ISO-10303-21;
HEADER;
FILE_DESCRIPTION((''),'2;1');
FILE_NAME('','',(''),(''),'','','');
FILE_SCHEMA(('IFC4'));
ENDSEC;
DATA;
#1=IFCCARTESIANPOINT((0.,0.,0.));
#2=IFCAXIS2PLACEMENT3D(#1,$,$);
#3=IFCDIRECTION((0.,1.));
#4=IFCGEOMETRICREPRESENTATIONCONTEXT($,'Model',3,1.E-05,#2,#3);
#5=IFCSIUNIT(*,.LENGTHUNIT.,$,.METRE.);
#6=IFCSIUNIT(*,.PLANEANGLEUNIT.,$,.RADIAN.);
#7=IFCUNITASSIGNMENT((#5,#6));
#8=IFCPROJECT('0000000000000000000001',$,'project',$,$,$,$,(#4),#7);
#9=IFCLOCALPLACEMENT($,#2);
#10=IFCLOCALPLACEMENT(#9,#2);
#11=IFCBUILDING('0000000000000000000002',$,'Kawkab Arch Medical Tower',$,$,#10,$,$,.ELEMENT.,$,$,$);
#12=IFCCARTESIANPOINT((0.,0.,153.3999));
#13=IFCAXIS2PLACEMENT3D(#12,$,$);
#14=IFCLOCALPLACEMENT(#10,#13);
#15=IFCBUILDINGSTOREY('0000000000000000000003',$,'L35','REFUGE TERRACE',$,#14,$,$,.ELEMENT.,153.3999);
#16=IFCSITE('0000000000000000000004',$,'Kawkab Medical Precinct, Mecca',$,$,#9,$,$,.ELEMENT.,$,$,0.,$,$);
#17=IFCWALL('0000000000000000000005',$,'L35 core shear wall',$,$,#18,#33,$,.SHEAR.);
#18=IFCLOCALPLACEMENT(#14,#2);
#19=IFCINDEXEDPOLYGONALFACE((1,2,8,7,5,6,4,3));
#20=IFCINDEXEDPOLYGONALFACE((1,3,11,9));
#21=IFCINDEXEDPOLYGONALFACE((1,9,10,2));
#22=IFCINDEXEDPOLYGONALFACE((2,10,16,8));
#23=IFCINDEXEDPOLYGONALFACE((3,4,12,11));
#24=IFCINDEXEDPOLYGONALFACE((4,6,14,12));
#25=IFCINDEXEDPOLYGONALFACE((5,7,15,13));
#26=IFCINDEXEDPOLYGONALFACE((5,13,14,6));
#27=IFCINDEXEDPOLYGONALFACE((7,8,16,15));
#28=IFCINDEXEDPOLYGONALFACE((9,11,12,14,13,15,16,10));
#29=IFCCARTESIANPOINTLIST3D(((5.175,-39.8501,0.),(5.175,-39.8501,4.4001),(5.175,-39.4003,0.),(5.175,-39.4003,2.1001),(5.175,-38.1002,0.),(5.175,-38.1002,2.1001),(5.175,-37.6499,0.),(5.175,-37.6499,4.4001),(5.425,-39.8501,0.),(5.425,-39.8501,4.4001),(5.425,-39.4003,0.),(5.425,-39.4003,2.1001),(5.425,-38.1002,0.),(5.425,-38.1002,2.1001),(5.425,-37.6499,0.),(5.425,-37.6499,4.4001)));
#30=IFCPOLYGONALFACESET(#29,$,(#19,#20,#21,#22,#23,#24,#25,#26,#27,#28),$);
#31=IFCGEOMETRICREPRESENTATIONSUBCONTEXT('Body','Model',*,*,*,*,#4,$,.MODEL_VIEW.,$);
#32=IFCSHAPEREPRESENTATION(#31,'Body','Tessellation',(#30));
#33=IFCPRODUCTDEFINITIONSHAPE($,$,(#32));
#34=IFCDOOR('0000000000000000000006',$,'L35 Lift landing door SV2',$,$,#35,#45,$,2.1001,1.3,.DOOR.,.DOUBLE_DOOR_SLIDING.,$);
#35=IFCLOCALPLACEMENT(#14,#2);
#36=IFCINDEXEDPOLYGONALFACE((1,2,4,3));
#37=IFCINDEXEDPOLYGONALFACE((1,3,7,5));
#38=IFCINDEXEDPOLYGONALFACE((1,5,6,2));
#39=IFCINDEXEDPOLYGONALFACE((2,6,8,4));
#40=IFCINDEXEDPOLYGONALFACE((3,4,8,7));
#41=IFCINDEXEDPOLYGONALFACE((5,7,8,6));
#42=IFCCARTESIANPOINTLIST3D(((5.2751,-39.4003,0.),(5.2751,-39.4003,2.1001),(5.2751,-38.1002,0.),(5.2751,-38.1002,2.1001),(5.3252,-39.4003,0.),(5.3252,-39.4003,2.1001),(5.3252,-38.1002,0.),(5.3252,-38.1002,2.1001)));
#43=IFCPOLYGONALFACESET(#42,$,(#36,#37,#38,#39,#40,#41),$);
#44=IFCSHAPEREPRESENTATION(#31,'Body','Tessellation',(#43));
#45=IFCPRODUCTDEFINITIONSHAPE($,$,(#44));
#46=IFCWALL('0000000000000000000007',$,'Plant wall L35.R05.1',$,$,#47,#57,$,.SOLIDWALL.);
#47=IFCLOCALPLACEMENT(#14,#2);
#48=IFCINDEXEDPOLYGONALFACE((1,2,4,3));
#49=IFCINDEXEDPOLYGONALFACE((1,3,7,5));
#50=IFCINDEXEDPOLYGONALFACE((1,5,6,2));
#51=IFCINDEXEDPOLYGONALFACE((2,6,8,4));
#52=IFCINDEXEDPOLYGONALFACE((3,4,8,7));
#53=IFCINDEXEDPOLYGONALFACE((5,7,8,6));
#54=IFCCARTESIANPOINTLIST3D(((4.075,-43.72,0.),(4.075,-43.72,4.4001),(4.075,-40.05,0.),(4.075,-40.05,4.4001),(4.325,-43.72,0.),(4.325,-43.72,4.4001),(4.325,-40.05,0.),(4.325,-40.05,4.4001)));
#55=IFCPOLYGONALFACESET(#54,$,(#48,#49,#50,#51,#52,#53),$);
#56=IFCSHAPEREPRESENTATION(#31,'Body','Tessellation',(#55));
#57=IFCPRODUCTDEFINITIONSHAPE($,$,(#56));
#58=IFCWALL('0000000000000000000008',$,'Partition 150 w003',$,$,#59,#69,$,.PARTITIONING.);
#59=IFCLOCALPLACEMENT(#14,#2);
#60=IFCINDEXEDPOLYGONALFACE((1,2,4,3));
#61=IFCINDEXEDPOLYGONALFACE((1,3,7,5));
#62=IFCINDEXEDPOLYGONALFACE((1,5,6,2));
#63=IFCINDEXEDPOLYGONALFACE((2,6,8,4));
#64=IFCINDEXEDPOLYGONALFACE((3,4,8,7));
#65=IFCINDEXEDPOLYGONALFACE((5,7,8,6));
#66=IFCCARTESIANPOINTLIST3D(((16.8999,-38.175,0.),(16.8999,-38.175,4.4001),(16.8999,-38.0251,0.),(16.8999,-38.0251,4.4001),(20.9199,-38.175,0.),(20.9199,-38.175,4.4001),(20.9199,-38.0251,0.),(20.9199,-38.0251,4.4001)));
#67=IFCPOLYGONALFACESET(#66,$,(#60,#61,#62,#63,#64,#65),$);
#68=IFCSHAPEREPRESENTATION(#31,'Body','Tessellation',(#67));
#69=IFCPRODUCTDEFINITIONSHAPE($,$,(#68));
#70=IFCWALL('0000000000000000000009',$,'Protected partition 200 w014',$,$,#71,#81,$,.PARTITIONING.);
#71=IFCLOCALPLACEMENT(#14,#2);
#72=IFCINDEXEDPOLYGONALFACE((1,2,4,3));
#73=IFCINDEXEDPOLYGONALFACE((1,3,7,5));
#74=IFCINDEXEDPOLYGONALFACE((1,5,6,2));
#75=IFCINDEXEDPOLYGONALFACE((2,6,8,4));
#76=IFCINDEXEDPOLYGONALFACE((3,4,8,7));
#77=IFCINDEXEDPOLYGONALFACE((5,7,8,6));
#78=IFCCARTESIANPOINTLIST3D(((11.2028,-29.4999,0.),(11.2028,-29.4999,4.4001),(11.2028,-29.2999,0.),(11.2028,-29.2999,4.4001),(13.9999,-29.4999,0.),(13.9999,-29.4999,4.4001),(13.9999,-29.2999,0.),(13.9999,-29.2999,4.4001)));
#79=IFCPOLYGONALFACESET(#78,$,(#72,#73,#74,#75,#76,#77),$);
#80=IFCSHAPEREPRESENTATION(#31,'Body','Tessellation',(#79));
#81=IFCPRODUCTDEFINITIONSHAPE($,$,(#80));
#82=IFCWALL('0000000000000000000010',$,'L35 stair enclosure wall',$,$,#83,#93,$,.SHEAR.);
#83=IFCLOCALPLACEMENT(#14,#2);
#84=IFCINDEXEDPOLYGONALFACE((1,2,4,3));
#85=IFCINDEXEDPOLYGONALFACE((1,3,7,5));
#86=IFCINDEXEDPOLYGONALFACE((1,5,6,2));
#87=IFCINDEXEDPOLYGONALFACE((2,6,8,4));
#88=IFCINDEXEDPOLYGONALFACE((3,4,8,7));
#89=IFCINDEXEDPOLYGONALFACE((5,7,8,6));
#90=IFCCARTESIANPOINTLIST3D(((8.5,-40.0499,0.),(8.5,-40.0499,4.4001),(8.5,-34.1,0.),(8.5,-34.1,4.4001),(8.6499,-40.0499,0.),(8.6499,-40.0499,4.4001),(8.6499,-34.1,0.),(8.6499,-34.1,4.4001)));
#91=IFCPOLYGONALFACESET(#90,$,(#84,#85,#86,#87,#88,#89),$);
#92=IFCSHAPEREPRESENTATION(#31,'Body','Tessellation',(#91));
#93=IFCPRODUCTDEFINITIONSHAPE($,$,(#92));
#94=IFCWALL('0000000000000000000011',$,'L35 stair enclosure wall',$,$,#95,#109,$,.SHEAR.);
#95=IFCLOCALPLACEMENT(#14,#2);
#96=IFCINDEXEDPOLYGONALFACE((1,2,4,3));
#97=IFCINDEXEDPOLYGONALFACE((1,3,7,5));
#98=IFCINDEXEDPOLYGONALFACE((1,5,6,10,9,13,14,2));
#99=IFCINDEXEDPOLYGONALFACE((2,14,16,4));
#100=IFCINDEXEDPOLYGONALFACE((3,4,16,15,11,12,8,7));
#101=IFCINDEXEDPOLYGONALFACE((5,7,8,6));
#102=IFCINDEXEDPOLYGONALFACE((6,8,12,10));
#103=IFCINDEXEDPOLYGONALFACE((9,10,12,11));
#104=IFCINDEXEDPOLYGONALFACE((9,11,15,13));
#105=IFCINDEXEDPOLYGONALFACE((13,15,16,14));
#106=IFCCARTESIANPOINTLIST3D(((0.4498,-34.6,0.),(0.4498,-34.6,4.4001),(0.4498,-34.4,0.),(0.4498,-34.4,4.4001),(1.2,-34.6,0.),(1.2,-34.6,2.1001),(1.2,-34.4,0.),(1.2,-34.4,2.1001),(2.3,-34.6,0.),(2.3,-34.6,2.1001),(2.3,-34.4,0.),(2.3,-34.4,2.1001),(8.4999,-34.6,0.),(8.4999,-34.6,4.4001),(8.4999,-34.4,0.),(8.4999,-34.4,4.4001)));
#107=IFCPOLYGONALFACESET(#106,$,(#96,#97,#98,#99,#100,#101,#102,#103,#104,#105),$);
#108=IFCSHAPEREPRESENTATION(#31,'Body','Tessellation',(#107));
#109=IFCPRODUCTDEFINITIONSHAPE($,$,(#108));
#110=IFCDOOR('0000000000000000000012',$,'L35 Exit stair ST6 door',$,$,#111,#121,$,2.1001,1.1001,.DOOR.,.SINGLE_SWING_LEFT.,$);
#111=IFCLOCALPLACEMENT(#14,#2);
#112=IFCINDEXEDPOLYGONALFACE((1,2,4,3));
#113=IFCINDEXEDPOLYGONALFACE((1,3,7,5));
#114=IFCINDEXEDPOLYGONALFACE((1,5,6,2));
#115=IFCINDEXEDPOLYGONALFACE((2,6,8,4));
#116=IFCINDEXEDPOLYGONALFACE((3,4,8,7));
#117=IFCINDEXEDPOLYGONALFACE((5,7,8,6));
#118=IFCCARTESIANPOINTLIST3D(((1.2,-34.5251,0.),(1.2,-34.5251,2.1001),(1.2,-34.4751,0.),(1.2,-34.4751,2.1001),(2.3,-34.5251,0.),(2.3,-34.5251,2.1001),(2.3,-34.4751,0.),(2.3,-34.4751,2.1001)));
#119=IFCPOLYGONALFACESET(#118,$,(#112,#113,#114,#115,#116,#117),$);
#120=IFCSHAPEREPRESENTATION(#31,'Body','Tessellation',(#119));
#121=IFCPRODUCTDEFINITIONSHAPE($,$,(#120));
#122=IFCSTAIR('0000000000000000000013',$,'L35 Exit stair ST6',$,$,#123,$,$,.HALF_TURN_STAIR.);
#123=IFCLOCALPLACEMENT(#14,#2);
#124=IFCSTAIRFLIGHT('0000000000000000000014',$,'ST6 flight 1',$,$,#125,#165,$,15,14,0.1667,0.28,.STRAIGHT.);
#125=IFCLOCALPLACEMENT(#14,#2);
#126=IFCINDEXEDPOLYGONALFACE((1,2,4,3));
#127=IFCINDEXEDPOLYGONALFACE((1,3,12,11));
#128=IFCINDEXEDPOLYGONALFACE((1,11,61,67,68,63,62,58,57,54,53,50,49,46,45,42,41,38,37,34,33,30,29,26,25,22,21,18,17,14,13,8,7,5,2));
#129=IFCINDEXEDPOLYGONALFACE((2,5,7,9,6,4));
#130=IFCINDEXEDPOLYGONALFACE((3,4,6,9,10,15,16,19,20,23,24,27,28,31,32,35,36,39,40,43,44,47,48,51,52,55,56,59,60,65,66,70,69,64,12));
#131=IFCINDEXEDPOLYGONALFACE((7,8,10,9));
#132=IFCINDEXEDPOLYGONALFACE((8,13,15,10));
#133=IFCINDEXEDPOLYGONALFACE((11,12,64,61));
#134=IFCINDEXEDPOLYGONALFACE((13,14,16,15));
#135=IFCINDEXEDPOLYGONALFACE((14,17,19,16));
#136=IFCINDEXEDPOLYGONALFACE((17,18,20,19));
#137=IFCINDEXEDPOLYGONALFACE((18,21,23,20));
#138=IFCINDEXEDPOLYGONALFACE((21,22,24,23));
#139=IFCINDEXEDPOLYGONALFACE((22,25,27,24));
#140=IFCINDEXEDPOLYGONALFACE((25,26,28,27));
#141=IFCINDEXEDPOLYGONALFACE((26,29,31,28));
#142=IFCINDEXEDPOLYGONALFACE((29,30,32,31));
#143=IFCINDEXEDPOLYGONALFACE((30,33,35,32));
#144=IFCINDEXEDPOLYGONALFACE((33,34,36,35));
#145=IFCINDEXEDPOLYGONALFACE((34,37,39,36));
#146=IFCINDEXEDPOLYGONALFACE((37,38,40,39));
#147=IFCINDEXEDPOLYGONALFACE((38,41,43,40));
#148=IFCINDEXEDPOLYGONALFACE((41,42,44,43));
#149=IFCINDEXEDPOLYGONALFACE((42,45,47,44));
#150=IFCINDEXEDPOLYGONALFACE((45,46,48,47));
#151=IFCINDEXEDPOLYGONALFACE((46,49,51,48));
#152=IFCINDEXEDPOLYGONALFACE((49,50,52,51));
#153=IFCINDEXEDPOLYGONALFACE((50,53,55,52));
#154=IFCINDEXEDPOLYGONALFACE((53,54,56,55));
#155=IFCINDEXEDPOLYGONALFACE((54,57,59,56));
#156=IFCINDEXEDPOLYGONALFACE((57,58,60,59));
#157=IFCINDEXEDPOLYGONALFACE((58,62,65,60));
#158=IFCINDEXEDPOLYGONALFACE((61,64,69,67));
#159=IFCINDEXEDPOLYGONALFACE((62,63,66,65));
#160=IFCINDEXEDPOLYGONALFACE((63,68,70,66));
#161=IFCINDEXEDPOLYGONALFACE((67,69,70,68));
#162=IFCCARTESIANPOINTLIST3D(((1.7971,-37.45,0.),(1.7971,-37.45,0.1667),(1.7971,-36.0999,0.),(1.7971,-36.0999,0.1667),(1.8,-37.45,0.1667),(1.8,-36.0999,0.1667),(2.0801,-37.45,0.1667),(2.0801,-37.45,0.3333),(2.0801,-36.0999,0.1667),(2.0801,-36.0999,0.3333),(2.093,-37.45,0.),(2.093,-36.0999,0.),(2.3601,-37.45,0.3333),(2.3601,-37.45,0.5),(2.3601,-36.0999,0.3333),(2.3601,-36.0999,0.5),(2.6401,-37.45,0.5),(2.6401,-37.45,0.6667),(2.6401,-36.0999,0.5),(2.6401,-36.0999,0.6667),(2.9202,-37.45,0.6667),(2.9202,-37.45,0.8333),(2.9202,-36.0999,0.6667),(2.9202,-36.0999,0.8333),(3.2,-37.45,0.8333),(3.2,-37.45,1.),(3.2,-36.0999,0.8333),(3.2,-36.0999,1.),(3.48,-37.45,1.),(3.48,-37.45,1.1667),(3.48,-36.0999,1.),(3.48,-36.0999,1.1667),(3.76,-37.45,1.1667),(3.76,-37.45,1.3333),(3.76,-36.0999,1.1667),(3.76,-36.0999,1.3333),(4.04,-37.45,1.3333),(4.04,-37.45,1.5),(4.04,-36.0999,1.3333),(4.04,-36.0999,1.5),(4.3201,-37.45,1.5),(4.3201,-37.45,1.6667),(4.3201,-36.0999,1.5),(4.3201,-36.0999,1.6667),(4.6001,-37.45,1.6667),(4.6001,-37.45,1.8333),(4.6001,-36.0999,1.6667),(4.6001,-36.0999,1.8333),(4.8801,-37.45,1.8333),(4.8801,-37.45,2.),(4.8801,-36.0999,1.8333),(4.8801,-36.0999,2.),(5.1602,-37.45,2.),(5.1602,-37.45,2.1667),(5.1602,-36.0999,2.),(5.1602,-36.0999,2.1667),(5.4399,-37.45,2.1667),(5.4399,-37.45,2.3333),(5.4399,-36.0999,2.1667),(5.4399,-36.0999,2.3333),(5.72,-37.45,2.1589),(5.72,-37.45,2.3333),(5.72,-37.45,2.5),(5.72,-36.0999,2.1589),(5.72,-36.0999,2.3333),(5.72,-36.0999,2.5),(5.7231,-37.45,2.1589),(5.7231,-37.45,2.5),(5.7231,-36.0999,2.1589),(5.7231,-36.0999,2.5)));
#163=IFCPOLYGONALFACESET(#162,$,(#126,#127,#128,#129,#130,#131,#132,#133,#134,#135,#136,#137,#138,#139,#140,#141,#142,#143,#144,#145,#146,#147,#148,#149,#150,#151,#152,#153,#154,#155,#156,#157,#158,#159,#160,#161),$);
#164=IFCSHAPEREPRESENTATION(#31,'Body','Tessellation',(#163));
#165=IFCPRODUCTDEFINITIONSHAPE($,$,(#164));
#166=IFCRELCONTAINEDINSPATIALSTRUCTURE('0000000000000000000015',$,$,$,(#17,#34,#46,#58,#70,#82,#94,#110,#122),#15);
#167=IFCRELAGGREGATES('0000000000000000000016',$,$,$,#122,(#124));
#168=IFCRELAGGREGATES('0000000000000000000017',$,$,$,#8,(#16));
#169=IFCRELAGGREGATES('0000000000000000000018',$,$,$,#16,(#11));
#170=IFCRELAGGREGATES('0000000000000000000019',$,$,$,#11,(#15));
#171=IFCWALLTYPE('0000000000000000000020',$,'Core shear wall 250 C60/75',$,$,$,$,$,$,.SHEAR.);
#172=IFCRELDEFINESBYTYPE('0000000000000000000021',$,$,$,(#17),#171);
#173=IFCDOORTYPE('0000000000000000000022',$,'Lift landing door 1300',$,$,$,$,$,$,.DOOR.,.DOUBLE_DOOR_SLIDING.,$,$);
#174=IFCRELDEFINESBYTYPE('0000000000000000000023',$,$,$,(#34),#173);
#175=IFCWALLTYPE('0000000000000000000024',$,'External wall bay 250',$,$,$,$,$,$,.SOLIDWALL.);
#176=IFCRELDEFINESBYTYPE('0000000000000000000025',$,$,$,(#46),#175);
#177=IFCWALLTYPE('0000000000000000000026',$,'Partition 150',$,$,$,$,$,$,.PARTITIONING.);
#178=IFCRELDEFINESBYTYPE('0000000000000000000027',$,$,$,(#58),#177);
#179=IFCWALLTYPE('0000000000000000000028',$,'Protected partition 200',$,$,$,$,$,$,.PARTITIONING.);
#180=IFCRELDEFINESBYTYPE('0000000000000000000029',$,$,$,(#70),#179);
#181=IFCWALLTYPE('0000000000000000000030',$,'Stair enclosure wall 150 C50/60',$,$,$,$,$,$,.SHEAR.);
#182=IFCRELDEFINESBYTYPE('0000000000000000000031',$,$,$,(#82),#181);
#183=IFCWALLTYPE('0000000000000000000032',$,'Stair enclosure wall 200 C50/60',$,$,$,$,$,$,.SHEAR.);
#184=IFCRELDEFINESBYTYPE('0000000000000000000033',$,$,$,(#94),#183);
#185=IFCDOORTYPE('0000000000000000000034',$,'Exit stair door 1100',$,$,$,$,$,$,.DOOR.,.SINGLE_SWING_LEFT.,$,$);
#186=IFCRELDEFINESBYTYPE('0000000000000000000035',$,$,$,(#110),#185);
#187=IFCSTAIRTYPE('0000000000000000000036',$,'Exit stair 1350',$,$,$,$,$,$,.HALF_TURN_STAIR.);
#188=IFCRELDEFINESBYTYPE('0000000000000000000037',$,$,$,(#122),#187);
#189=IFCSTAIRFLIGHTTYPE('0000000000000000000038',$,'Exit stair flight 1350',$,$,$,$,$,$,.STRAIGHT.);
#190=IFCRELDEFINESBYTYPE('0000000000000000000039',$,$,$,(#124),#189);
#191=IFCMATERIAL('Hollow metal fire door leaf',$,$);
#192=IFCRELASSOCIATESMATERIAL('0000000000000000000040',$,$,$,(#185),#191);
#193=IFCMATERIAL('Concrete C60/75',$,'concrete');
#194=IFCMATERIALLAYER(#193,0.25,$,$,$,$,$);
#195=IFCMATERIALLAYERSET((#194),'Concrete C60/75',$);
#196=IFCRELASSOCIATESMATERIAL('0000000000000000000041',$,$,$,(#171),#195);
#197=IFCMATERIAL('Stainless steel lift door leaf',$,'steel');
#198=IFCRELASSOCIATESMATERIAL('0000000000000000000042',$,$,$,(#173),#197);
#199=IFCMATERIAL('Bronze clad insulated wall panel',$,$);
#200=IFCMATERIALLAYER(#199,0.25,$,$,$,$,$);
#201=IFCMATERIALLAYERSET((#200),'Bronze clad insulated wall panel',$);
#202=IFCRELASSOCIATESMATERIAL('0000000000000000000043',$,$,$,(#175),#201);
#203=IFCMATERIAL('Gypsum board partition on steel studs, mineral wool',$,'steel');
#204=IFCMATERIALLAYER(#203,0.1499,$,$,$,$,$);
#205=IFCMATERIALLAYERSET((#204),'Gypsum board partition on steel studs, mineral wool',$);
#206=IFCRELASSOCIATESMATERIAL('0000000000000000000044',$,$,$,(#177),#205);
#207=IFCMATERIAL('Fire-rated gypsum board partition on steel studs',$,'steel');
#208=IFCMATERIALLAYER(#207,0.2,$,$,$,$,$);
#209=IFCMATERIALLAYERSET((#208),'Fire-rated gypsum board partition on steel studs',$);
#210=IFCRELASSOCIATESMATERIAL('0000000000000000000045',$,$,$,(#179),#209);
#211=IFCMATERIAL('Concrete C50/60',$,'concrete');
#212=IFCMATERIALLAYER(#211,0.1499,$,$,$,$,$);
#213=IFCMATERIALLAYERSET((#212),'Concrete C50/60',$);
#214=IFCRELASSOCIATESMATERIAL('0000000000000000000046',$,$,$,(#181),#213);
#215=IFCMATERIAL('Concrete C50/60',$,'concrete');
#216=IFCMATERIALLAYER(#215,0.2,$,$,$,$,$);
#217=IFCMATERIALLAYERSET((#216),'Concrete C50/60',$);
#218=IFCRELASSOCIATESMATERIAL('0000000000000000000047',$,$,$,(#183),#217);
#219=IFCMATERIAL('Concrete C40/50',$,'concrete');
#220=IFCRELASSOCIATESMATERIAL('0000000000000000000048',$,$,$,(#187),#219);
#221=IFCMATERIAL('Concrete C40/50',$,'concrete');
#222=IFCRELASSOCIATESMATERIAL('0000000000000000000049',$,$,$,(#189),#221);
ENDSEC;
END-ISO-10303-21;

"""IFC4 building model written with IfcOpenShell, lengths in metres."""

from ifc_helpers import new_model, si_unit, direction, frame, frame_2d, origin, place, context, subcontext, project, spatial, polyline, rectangle, outline, extrude, material, layer, layer_set, type_object, element, fill, aggregate, save


model = new_model("IFC4")

# Units and contexts
model_context = context("Model", 3, precision=1e-05, world=origin(), true_north=direction((0.0, 1.0)))
body_context = subcontext(model_context, "Body", "Model", "MODEL_VIEW")
ifc_project = project(units=[si_unit("LENGTHUNIT", "METRE"), si_unit("PLANEANGLEUNIT", "RADIAN")], contexts=[model_context])

# Site, building, storey
site_placement = place(None, origin())
site = spatial("IfcSite", under=ifc_project, at=site_placement, Name="Kawkab Medical Precinct, Mecca", CompositionType="ELEMENT", RefElevation=0.0)
building_placement = place(site_placement, origin())
building = spatial("IfcBuilding", under=site, at=building_placement, Name="Kawkab Arch Medical Tower", CompositionType="ELEMENT")
storey_placement = place(building_placement, frame((0.0, 0.0, 153.3999)))
storey = spatial("IfcBuildingStorey", under=building, at=storey_placement, Name="L35", Description="REFUGE TERRACE", CompositionType="ELEMENT", Elevation=153.3999)

# Shared definitions
placement = place(storey_placement, origin())

# Shared definitions
ifc_material_1 = material(Name="Hollow metal fire door leaf")
door_type_1 = type_object("IfcDoorType", Name="Exit stair door 1100", OperationType="SINGLE_SWING_LEFT", PredefinedType="DOOR", material=ifc_material_1)

# Wall, opening, door
ifc_material_2 = material(Name="Concrete C60/75", Category="concrete")
ifc_layer_1 = layer(ifc_material_2, 0.25)
ifc_layer_set_1 = layer_set([ifc_layer_1], Name="Concrete C60/75")
wall_type_1 = type_object("IfcWallType", Name="Core shear wall 250 C60/75", PredefinedType="SHEAR", material=ifc_layer_set_1)
wall_1_placement = place(storey_placement, frame((5.3, -39.8501, 0.0), z_axis=(0.0, 0.0, 1.0), x_axis=(0.0, 1.0, 0.0)))
wall_1 = element("IfcWall", 1, at=wall_1_placement, inside=storey, type_object=wall_type_1, Name="L35 core shear wall", PredefinedType="SHEAR", context=body_context, shape_type="SweptSolid", body=[
    extrude(rectangle(XDim=2.2002, YDim=0.25, at=frame_2d((1.1001, 0.0))), origin(), (0.0, 0.0, 1.0), 4.4001),
])
opening_1_placement = place(wall_1_placement, frame((0.45, 0.0, 0.0)))
opening_1 = element("IfcOpeningElement", 2, at=opening_1_placement, cuts=wall_1, PredefinedType="OPENING", context=body_context, shape_type="SweptSolid", body=[
    extrude(rectangle(XDim=1.3, YDim=2.1001, at=frame_2d((0.6499, 1.05))), frame((0.0, 0.135, 0.0), z_axis=(0.0, -1.0, 0.0), x_axis=(1.0, 0.0, 0.0)), (0.0, 0.0, 1.0), 0.27),
])
ifc_material_3 = material(Name="Stainless steel lift door leaf", Category="steel")
door_type_2 = type_object("IfcDoorType", Name="Lift landing door 1300", OperationType="DOUBLE_DOOR_SLIDING", PredefinedType="DOOR", material=ifc_material_3)
door_1_placement = place(opening_1_placement, origin())
door_1 = element("IfcDoor", 3, at=door_1_placement, inside=storey, type_object=door_type_2, Name="L35 Lift landing door SV2", OperationType="DOUBLE_DOOR_SLIDING", OverallHeight=2.1001, OverallWidth=1.3, PredefinedType="DOOR", context=body_context, shape_type="SweptSolid", body=[
    extrude(rectangle(XDim=1.3, YDim=2.1001, at=frame_2d((0.6499, 1.05))), frame((0.0, 0.0249, 0.0), z_axis=(0.0, -1.0, 0.0), x_axis=(1.0, 0.0, 0.0)), (0.0, 0.0, 1.0), 0.05),
])
fill(opening_1, door_1)

# Walls
ifc_material_4 = material(Name="Bronze clad insulated wall panel")
ifc_layer_2 = layer(ifc_material_4, 0.25)
ifc_layer_set_2 = layer_set([ifc_layer_2], Name="Bronze clad insulated wall panel")
wall_type_2 = type_object("IfcWallType", Name="External wall bay 250", PredefinedType="SOLIDWALL", material=ifc_layer_set_2)
wall_2_placement = place(storey_placement, frame((4.2, -40.05, 0.0), z_axis=(0.0, 0.0, 1.0), x_axis=(0.0, -1.0, 0.0)))
element("IfcWall", 4, at=wall_2_placement, inside=storey, type_object=wall_type_2, Name="Plant wall L35.R05.1", PredefinedType="SOLIDWALL", context=body_context, shape_type="SweptSolid", body=[
    extrude(rectangle(XDim=3.6699, YDim=0.25, at=frame_2d((1.835, 0.0))), origin(), (0.0, 0.0, 1.0), 4.4001),
])
ifc_material_5 = material(Name="Gypsum board partition on steel studs, mineral wool", Category="steel")
ifc_layer_3 = layer(ifc_material_5, 0.1499)
ifc_layer_set_3 = layer_set([ifc_layer_3], Name="Gypsum board partition on steel studs, mineral wool")
wall_type_3 = type_object("IfcWallType", Name="Partition 150", PredefinedType="PARTITIONING", material=ifc_layer_set_3)
wall_3_placement = place(storey_placement, frame((16.8999, -38.1001, 0.0), z_axis=(0.0, 0.0, 1.0), x_axis=(1.0, 0.0, 0.0)))
element("IfcWall", 5, at=wall_3_placement, inside=storey, type_object=wall_type_3, Name="Partition 150 w003", PredefinedType="PARTITIONING", context=body_context, shape_type="SweptSolid", body=[
    extrude(rectangle(XDim=4.02, YDim=0.1499, at=frame_2d((2.01, 0.0))), origin(), (0.0, 0.0, 1.0), 4.4001),
])
ifc_material_6 = material(Name="Fire-rated gypsum board partition on steel studs", Category="steel")
ifc_layer_4 = layer(ifc_material_6, 0.2)
ifc_layer_set_4 = layer_set([ifc_layer_4], Name="Fire-rated gypsum board partition on steel studs")
wall_type_4 = type_object("IfcWallType", Name="Protected partition 200", PredefinedType="PARTITIONING", material=ifc_layer_set_4)
wall_4_placement = place(storey_placement, frame((11.2029, -29.3999, 0.0), z_axis=(0.0, 0.0, 1.0), x_axis=(1.0, 0.0, 0.0)))
element("IfcWall", 6, at=wall_4_placement, inside=storey, type_object=wall_type_4, Name="Protected partition 200 w014", PredefinedType="PARTITIONING", context=body_context, shape_type="SweptSolid", body=[
    extrude(rectangle(XDim=2.7971, YDim=0.2, at=frame_2d((1.3984, 0.0))), origin(), (0.0, 0.0, 1.0), 4.4001),
])
ifc_material_7 = material(Name="Concrete C50/60", Category="concrete")
ifc_layer_5 = layer(ifc_material_7, 0.1499)
ifc_layer_set_5 = layer_set([ifc_layer_5], Name="Concrete C50/60")
wall_type_5 = type_object("IfcWallType", Name="Stair enclosure wall 150 C50/60", PredefinedType="SHEAR", material=ifc_layer_set_5)
wall_5_placement = place(storey_placement, frame((8.575, -40.05, 0.0), z_axis=(0.0, 0.0, 1.0), x_axis=(0.0, 1.0, 0.0)))
element("IfcWall", 7, at=wall_5_placement, inside=storey, type_object=wall_type_5, Name="L35 stair enclosure wall", PredefinedType="SHEAR", context=body_context, shape_type="SweptSolid", body=[
    extrude(rectangle(XDim=5.95, YDim=0.1499, at=frame_2d((2.9751, 0.0))), origin(), (0.0, 0.0, 1.0), 4.4001),
])

# Wall, opening, door
ifc_material_8 = material(Name="Concrete C50/60", Category="concrete")
ifc_layer_6 = layer(ifc_material_8, 0.2)
ifc_layer_set_6 = layer_set([ifc_layer_6], Name="Concrete C50/60")
wall_type_6 = type_object("IfcWallType", Name="Stair enclosure wall 200 C50/60", PredefinedType="SHEAR", material=ifc_layer_set_6)
wall_6_placement = place(storey_placement, frame((0.45, -34.5, 0.0), z_axis=(0.0, 0.0, 1.0), x_axis=(1.0, 0.0, 0.0)))
wall_6 = element("IfcWall", 8, at=wall_6_placement, inside=storey, type_object=wall_type_6, Name="L35 stair enclosure wall", PredefinedType="SHEAR", context=body_context, shape_type="SweptSolid", body=[
    extrude(rectangle(XDim=8.05, YDim=0.2, at=frame_2d((4.0249, 0.0))), origin(), (0.0, 0.0, 1.0), 4.4001),
])
opening_2_placement = place(wall_6_placement, frame((0.75, 0.0, 0.0)))
opening_2 = element("IfcOpeningElement", 9, at=opening_2_placement, cuts=wall_6, PredefinedType="OPENING", context=body_context, shape_type="SweptSolid", body=[
    extrude(rectangle(XDim=1.1001, YDim=2.1001, at=frame_2d((0.55, 1.05))), frame((0.0, 0.1099, 0.0), z_axis=(0.0, -1.0, 0.0), x_axis=(1.0, 0.0, 0.0)), (0.0, 0.0, 1.0), 0.22),
])
door_2_placement = place(opening_2_placement, origin())
door_2 = element("IfcDoor", 10, at=door_2_placement, inside=storey, type_object=door_type_1, Name="L35 Exit stair ST6 door", OperationType="SINGLE_SWING_LEFT", OverallHeight=2.1001, OverallWidth=1.1001, PredefinedType="DOOR", context=body_context, shape_type="SweptSolid", body=[
    extrude(rectangle(XDim=1.1001, YDim=2.1001, at=frame_2d((0.55, 1.05))), frame((0.0, 0.0249, 0.0), z_axis=(0.0, -1.0, 0.0), x_axis=(1.0, 0.0, 0.0)), (0.0, 0.0, 1.0), 0.05),
])
fill(opening_2, door_2)

# Stair, stair flight
ifc_material_9 = material(Name="Concrete C40/50", Category="concrete")
stair_type = type_object("IfcStairType", Name="Exit stair 1350", PredefinedType="HALF_TURN_STAIR", material=ifc_material_9)
stair = element("IfcStair", 11, at=placement, inside=storey, type_object=stair_type, Name="L35 Exit stair ST6", PredefinedType="HALF_TURN_STAIR")
ifc_material_10 = material(Name="Concrete C40/50", Category="concrete")
stair_flight_type = type_object("IfcStairFlightType", Name="Exit stair flight 1350", PredefinedType="STRAIGHT", material=ifc_material_10)
stair_flight_1_placement = place(storey_placement, frame((1.8, -36.7749, 0.0), z_axis=(0.0, 0.0, 1.0), x_axis=(1.0, 0.0, 0.0)))
stair_flight_1 = element("IfcStairFlight", 12, at=stair_flight_1_placement, type_object=stair_flight_type, Name="ST6 flight 1", NumberOfRisers=15, NumberOfTreads=14, PredefinedType="STRAIGHT", RiserHeight=0.1667, TreadLength=0.28, context=body_context, shape_type="SweptSolid", body=[
    extrude(outline(polyline([(-0.0029, 0.0), (-0.0029, 0.1667), (0.0, 0.1667), (0.28, 0.1667), (0.28, 0.3333), (0.5601, 0.3333), (0.5601, 0.5), (0.8401, 0.5), (0.8401, 0.6667), (1.1201, 0.6667), (1.1201, 0.8333), (1.3999, 0.8333), (1.3999, 1.0), (1.6799, 1.0), (1.6799, 1.1667), (1.96, 1.1667), (1.96, 1.3333), (2.24, 1.3333), (2.24, 1.5), (2.52, 1.5), (2.52, 1.6667), (2.8, 1.6667), (2.8, 1.8333), (3.0801, 1.8333), (3.0801, 2.0), (3.3601, 2.0), (3.3601, 2.1667), (3.6399, 2.1667), (3.6399, 2.3333), (3.9199, 2.3333), (3.9199, 2.5), (3.9231, 2.5), (3.9231, 2.1589), (3.9199, 2.1589), (0.293, 0.0), (-0.0029, 0.0)])), frame((0.0, 0.675, 0.0), z_axis=(0.0, -1.0, 0.0), x_axis=(1.0, 0.0, 0.0)), (0.0, 0.0, 1.0), 1.3501),
])
aggregate(stair, [stair_flight_1])

save(model, "model.ifc")
